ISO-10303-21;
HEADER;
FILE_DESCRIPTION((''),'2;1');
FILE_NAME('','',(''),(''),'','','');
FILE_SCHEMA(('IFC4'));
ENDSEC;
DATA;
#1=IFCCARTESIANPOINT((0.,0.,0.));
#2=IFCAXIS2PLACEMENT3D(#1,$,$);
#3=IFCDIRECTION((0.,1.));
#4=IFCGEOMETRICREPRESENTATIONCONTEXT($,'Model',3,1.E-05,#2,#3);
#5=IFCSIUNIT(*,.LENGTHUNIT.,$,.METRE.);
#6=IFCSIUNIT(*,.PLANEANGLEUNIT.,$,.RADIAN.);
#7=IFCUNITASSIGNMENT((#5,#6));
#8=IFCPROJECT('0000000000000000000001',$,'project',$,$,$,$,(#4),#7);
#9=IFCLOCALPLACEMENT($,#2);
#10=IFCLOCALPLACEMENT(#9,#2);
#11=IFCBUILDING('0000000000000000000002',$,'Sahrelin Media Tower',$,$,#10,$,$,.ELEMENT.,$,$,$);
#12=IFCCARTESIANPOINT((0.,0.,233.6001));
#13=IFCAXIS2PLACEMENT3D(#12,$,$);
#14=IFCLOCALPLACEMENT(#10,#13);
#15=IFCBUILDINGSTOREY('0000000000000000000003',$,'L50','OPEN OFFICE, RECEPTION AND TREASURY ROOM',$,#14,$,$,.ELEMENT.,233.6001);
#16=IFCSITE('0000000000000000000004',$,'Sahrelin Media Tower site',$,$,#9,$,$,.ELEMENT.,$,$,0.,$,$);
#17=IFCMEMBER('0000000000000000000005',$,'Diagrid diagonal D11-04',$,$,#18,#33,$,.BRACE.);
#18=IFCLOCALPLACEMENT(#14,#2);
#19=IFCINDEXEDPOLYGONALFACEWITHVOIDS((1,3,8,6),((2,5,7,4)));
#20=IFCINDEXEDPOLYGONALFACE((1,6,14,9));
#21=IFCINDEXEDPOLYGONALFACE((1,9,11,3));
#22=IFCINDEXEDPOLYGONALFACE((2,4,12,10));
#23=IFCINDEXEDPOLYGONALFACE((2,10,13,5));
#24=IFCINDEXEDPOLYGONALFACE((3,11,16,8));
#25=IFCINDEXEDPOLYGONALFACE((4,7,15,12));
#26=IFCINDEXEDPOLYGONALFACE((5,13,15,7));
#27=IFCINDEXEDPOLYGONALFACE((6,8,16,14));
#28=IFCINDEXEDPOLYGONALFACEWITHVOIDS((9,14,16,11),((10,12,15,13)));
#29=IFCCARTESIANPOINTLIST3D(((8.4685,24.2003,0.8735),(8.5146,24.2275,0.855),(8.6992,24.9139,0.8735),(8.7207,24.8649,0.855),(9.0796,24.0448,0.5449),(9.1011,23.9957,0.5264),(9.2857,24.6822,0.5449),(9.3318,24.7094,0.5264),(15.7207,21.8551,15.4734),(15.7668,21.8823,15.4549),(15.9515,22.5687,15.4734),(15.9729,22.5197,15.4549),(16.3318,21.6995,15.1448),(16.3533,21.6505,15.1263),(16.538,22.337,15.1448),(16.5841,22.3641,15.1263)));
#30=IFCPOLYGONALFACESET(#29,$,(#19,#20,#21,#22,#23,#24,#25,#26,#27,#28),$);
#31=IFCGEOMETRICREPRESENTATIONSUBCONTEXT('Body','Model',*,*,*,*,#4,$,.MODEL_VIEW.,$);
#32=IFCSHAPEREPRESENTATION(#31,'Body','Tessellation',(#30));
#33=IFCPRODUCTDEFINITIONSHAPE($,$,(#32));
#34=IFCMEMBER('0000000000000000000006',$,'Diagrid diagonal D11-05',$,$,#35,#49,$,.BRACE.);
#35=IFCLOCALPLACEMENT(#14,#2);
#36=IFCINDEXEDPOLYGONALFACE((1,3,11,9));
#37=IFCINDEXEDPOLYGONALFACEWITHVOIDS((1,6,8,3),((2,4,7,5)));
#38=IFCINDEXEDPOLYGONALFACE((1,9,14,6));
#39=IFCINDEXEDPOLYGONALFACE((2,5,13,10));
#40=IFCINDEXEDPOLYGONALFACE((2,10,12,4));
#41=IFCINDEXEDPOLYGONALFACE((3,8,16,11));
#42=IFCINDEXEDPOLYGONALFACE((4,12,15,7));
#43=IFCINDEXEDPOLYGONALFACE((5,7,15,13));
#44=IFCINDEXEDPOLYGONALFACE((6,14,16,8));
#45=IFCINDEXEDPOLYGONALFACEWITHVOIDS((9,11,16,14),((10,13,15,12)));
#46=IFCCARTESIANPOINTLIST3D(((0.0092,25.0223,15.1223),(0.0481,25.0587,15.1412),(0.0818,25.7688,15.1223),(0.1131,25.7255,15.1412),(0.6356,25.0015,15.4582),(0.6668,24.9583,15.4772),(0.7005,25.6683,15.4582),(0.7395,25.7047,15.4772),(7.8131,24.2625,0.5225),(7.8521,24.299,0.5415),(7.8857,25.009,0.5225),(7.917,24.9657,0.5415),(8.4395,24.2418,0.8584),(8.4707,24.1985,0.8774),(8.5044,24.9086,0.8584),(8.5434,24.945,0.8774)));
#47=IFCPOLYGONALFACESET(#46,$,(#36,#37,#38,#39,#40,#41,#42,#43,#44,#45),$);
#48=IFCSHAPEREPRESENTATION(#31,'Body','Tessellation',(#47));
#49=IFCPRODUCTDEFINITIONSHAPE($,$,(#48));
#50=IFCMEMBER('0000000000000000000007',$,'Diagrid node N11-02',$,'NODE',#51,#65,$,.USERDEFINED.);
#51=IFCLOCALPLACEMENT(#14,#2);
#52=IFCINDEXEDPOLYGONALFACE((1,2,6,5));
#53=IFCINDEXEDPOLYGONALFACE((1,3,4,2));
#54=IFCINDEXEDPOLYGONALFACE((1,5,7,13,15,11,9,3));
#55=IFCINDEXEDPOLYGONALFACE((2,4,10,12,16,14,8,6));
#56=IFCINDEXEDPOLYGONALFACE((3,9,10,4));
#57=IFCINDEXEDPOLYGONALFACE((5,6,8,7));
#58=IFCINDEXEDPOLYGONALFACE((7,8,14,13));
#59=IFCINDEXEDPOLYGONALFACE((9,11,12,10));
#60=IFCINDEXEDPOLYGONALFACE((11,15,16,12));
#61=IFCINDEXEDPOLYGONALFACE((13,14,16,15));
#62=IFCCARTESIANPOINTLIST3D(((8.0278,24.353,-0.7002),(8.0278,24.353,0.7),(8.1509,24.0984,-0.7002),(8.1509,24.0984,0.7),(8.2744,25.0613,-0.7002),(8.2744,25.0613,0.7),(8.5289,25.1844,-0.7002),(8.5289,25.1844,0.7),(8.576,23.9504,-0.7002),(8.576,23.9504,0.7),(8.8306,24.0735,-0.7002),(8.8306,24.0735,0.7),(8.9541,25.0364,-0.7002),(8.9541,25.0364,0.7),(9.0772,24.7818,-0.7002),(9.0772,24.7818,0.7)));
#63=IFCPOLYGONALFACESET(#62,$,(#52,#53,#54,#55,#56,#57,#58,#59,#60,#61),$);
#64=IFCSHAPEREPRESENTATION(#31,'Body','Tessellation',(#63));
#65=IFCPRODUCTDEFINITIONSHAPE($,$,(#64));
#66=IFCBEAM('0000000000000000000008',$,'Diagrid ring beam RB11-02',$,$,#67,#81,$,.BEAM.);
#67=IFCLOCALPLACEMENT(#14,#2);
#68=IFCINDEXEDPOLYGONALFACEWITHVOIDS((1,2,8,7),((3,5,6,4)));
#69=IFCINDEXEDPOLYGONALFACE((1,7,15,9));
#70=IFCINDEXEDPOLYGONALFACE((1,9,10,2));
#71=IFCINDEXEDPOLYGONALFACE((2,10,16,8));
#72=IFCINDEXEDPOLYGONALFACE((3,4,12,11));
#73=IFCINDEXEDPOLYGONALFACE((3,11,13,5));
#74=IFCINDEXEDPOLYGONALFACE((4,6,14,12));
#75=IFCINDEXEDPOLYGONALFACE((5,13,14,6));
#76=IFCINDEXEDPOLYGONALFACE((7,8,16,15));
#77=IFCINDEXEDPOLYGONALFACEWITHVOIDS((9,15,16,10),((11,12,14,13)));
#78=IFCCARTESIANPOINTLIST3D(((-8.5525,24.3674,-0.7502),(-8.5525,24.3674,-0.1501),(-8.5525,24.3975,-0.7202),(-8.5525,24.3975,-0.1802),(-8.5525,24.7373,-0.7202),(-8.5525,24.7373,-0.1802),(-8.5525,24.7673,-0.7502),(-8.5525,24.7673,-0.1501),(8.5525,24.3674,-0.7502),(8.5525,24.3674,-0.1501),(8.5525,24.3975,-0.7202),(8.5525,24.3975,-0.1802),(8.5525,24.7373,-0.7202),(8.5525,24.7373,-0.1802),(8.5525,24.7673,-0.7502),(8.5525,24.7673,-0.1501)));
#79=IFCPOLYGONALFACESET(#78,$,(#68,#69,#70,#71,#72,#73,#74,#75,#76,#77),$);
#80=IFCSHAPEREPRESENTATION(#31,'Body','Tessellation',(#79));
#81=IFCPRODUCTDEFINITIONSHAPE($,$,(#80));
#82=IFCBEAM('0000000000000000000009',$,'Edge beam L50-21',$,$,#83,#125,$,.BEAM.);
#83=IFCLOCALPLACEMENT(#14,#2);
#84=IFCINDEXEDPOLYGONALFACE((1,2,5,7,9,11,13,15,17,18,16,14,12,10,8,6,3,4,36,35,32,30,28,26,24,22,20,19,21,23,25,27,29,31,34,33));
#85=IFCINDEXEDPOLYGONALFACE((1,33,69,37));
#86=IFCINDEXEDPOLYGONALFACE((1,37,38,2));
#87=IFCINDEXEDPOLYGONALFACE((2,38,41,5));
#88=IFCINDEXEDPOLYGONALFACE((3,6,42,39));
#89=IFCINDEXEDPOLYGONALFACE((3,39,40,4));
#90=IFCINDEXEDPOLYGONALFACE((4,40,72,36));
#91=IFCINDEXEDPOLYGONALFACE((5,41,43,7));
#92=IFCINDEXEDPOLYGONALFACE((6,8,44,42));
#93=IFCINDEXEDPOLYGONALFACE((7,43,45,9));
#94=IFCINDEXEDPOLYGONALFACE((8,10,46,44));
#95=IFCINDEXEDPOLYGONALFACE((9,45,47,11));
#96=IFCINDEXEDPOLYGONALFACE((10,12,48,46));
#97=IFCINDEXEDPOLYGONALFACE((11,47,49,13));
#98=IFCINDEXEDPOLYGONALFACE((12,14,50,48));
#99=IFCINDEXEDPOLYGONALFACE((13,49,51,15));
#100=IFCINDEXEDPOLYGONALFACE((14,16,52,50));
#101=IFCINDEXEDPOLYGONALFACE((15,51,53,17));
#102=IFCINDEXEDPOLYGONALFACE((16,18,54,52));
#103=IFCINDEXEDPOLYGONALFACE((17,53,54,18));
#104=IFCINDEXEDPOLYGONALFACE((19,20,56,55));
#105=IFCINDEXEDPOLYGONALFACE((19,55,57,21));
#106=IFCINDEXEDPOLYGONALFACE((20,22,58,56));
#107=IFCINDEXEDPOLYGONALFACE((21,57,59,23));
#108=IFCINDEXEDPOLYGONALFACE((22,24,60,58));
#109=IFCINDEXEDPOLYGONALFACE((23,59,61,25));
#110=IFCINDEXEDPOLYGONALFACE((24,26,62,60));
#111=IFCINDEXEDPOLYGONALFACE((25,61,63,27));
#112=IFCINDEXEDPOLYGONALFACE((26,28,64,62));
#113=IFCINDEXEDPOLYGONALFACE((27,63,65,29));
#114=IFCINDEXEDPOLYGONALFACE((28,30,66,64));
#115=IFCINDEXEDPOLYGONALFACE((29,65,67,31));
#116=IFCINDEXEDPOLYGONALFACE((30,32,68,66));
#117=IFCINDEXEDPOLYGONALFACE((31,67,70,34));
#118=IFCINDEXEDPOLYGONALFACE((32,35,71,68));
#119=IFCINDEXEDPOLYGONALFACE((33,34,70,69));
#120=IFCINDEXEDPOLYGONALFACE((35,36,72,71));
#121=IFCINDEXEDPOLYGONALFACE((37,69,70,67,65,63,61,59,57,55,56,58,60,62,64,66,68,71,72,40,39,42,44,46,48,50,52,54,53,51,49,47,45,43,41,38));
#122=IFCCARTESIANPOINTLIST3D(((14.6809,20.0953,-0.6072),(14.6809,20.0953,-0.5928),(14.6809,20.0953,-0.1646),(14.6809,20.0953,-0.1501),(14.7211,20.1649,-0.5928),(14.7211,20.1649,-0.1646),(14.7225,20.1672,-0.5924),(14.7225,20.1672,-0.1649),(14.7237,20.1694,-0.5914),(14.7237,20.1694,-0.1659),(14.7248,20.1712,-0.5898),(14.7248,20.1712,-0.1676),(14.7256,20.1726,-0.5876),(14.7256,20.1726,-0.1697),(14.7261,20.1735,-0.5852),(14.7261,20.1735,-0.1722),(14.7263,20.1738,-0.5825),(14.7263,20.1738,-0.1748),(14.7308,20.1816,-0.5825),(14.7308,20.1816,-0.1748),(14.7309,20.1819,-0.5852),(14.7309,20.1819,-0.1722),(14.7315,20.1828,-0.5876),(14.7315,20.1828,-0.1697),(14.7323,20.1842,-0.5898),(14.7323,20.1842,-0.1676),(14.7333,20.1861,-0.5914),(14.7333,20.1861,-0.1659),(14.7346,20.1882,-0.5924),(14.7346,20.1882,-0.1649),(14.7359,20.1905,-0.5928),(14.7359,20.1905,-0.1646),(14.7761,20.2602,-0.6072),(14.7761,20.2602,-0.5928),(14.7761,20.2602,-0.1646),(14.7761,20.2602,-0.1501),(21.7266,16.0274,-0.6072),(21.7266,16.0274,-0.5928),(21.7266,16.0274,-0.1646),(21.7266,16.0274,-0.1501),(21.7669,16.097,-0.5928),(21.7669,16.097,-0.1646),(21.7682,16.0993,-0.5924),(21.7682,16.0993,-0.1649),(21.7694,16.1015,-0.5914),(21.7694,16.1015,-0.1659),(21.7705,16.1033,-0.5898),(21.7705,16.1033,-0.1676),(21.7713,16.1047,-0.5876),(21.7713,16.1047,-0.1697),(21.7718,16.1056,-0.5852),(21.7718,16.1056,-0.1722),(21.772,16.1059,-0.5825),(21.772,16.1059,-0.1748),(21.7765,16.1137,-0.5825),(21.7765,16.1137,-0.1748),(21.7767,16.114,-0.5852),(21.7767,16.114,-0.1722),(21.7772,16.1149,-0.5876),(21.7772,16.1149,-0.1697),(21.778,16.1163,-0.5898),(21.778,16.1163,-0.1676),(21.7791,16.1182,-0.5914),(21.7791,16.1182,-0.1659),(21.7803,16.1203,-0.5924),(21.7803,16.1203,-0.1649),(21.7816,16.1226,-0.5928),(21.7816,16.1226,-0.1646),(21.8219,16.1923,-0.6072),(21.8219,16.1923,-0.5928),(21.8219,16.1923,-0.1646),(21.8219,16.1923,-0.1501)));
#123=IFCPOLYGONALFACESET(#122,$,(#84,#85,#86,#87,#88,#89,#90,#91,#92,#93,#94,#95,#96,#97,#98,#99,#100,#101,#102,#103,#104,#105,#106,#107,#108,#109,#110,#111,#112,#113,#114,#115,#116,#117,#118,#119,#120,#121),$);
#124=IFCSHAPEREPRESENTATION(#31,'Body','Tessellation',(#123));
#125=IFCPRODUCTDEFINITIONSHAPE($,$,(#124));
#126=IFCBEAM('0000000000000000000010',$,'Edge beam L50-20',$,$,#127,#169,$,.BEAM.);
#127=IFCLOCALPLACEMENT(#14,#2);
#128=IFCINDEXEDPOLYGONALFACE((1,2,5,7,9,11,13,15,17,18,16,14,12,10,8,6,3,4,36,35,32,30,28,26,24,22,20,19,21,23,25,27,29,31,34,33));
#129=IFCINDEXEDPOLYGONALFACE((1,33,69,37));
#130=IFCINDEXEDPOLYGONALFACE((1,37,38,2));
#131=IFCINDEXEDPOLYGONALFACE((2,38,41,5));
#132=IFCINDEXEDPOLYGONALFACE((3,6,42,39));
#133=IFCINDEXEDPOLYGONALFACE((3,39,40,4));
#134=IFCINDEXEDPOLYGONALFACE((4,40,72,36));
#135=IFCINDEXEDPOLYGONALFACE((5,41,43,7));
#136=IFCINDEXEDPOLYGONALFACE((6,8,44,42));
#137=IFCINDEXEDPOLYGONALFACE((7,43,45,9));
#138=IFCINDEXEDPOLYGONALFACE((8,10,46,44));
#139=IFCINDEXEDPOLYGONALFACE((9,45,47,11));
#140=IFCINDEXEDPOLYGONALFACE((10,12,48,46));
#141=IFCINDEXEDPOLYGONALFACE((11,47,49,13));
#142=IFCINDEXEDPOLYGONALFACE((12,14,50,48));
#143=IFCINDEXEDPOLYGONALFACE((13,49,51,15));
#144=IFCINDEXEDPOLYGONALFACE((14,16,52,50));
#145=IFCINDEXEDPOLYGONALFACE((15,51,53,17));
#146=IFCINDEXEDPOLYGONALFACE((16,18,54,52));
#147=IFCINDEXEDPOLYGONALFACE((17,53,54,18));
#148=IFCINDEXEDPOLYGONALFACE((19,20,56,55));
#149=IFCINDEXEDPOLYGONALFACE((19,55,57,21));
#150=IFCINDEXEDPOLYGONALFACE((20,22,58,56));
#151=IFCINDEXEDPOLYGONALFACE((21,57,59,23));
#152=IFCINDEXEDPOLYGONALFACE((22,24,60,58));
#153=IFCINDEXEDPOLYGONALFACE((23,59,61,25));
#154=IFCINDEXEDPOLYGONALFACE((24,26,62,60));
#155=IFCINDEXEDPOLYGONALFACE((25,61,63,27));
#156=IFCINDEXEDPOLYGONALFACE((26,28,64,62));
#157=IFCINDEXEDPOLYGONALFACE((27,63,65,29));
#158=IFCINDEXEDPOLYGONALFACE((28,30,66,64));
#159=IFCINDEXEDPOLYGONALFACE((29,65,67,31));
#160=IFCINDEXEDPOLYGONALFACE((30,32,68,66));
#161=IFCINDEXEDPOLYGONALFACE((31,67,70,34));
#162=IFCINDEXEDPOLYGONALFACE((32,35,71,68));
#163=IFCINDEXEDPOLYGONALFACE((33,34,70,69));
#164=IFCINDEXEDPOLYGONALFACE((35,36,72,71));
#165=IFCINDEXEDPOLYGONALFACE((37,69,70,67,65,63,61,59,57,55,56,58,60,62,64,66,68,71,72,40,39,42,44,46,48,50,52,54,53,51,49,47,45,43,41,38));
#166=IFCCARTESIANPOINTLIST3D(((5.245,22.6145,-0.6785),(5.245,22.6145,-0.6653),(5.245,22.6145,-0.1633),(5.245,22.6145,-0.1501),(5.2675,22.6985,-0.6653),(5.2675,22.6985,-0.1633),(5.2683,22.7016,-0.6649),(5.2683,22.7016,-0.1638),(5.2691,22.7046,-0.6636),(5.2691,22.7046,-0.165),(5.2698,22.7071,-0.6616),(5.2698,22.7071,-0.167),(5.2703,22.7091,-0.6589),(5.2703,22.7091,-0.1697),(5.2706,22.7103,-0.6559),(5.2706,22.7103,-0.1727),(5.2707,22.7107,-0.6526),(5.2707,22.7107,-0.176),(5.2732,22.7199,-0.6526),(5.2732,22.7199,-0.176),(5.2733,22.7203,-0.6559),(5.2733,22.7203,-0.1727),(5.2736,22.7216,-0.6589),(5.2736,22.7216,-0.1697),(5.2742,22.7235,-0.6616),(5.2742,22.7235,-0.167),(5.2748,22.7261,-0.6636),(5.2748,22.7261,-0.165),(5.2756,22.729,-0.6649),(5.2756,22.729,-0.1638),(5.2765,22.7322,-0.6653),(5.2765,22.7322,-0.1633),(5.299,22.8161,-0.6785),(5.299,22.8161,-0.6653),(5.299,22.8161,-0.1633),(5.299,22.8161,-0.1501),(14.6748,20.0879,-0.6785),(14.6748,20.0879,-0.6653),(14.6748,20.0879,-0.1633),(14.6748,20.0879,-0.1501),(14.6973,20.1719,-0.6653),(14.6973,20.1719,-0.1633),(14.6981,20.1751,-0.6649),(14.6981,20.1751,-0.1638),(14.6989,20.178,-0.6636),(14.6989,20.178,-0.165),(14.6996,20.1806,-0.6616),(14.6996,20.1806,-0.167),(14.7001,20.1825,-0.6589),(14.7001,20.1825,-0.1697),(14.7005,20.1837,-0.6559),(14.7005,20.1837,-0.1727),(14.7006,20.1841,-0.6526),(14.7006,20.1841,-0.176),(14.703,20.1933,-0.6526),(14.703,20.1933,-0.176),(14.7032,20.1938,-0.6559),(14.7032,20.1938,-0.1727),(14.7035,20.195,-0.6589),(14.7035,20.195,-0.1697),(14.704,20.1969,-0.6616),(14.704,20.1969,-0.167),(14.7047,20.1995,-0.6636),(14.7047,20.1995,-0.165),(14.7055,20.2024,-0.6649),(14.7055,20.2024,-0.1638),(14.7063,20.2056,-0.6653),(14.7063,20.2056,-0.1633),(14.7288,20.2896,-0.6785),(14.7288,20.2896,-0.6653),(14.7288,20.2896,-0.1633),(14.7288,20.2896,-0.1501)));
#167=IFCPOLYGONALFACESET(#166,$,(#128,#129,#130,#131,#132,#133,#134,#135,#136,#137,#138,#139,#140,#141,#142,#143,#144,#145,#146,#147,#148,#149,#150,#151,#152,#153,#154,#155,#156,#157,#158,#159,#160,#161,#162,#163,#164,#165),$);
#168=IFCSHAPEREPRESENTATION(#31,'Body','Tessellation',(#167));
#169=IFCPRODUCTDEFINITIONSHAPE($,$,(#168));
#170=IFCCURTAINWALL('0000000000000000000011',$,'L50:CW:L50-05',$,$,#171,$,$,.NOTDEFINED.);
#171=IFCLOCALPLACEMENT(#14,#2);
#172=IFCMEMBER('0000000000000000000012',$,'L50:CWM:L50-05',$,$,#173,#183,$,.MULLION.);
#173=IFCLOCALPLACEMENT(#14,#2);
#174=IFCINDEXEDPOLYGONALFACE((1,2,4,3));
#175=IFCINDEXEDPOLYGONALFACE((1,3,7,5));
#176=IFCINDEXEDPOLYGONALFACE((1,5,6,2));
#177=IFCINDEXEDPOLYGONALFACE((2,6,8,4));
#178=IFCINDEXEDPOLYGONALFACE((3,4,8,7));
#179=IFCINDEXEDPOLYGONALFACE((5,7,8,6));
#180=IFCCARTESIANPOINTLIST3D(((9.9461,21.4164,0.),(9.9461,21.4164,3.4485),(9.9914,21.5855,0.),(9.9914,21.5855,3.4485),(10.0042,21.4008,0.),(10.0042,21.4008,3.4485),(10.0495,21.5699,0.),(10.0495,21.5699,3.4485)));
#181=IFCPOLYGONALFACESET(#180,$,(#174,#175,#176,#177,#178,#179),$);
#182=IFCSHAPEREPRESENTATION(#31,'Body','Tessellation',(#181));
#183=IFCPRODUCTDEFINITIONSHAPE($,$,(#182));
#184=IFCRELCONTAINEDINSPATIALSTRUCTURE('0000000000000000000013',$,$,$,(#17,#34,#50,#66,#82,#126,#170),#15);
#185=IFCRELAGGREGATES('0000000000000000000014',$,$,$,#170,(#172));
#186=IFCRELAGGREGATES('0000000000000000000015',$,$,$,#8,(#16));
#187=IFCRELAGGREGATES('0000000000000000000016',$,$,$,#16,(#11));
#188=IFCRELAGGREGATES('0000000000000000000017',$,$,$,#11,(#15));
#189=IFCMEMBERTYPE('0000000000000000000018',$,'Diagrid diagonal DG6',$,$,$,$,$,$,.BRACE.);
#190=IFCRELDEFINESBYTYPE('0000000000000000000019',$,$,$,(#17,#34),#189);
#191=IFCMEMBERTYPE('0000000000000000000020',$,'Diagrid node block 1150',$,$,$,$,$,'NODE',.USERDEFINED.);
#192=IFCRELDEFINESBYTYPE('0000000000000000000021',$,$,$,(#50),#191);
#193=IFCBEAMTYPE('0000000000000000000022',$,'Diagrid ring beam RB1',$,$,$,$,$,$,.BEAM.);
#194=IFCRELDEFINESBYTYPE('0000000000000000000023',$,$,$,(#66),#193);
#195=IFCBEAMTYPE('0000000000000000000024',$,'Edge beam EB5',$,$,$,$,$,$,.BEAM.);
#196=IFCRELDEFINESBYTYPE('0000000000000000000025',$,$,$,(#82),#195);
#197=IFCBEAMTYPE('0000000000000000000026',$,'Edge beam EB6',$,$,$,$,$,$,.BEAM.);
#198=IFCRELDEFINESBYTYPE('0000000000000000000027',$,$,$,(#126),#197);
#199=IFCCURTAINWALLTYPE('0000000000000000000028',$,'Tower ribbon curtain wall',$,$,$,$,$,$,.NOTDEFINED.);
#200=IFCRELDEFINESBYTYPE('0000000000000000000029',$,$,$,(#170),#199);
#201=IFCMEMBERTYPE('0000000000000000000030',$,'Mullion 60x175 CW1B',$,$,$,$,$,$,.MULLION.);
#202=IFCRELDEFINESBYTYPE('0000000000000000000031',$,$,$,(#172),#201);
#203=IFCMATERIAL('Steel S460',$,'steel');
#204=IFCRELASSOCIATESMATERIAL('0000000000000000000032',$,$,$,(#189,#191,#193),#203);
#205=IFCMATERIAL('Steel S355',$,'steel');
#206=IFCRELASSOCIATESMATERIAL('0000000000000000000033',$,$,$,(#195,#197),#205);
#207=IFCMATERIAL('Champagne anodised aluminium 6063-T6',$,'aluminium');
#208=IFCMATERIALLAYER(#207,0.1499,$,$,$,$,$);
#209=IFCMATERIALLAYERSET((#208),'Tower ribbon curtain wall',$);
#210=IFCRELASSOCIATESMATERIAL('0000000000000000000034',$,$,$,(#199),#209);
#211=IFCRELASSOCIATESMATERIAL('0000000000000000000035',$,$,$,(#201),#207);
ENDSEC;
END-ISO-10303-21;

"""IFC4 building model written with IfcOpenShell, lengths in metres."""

from ifc_helpers import new_model, si_unit, direction, frame, origin, origin_2d, place, context, subcontext, project, spatial, polyline, rectangle, hollow_rectangle, i_section, outline, extrude, material, layer, layer_set, material_profile, profile_set, type_object, element, aggregate, save


model = new_model("IFC4")

# Units and contexts
model_context = context("Model", 3, precision=1e-05, world=origin(), true_north=direction((0.0, 1.0)))
body_context = subcontext(model_context, "Body", "Model", "MODEL_VIEW")
ifc_project = project(units=[si_unit("LENGTHUNIT", "METRE"), si_unit("PLANEANGLEUNIT", "RADIAN")], contexts=[model_context])

# Site, building, storey
site_placement = place(None, origin())
site = spatial("IfcSite", under=ifc_project, at=site_placement, Name="Sahrelin Media Tower site", CompositionType="ELEMENT", RefElevation=0.0)
building_placement = place(site_placement, origin())
building = spatial("IfcBuilding", under=site, at=building_placement, Name="Sahrelin Media Tower", CompositionType="ELEMENT")
storey_placement = place(building_placement, frame((0.0, 0.0, 233.6001)))
storey = spatial("IfcBuildingStorey", under=building, at=storey_placement, Name="L50", Description="OPEN OFFICE, RECEPTION AND TREASURY ROOM", CompositionType="ELEMENT", Elevation=233.6001)

# Members
ifc_material_1 = material(Name="Steel S460", Category="steel")
ifc_material_profile_1 = material_profile(ifc_material_1, hollow_rectangle(XDim=0.75, YDim=0.75, WallThickness=0.04, at=origin_2d()), Name="Diagrid diagonal DG6")
ifc_profile_set_1 = profile_set([ifc_material_profile_1], Name="Steel S460")
member_type_1 = type_object("IfcMemberType", Name="Diagrid diagonal DG6", PredefinedType="BRACE", material=ifc_profile_set_1)
member_1_placement = place(storey_placement, frame((8.9001, 24.4548, 0.7), z_axis=(0.440336, -0.142396, 0.886469), x_axis=(0.307692, 0.951486, 0.0)))
element("IfcMember", 1, at=member_1_placement, inside=storey, type_object=member_type_1, Name="Diagrid diagonal D11-04", PredefinedType="BRACE", context=body_context, shape_type="SweptSolid", body=[
    extrude(hollow_rectangle(XDim=0.75, YDim=0.75, WallThickness=0.04, at=origin_2d()), origin(), (0.0, 0.0, 1.0), 16.4697),
])
member_2_placement = place(storey_placement, frame((8.1782, 24.6038, 0.7), z_axis=(-0.470909, 0.045846, 0.88099), x_axis=(-0.096898, -0.995294, 0.0)))
element("IfcMember", 2, at=member_2_placement, inside=storey, type_object=member_type_1, Name="Diagrid diagonal D11-05", PredefinedType="BRACE", context=body_context, shape_type="SweptSolid", body=[
    extrude(hollow_rectangle(XDim=0.75, YDim=0.75, WallThickness=0.04, at=origin_2d()), origin(), (0.0, 0.0, 1.0), 16.572),
])
ifc_material_profile_2 = material_profile(ifc_material_1, outline(polyline([(0.375, -0.425), (0.575, -0.2251), (0.575, 0.2251), (0.375, 0.425), (-0.375, 0.425), (-0.575, 0.2251), (-0.575, -0.2251), (-0.375, -0.425), (0.375, -0.425)])), Name="Diagrid node block 1150")
ifc_profile_set_2 = profile_set([ifc_material_profile_2], Name="Steel S460")
member_type_2 = type_object("IfcMemberType", Name="Diagrid node block 1150", ElementType="NODE", PredefinedType="USERDEFINED", material=ifc_profile_set_2)
member_3_placement = place(storey_placement, frame((8.5525, 24.5674, -0.7002), z_axis=(0.0, 0.0, 1.0), x_axis=(0.328769, 0.94441, 0.0)))
element("IfcMember", 3, at=member_3_placement, inside=storey, type_object=member_type_2, Name="Diagrid node N11-02", ObjectType="NODE", PredefinedType="USERDEFINED", context=body_context, shape_type="SweptSolid", body=[
    extrude(outline(polyline([(0.375, -0.425), (0.575, -0.2251), (0.575, 0.2251), (0.375, 0.425), (-0.375, 0.425), (-0.575, 0.2251), (-0.575, -0.2251), (-0.375, -0.425), (0.375, -0.425)])), origin(), (0.0, 0.0, 1.0), 1.4001),
])

# Beams
ifc_material_profile_3 = material_profile(ifc_material_1, hollow_rectangle(XDim=0.3999, YDim=0.6001, WallThickness=0.03, at=origin_2d()), Name="Diagrid ring beam RB1")
ifc_profile_set_3 = profile_set([ifc_material_profile_3], Name="Steel S460")
beam_type_1 = type_object("IfcBeamType", Name="Diagrid ring beam RB1", PredefinedType="BEAM", material=ifc_profile_set_3)
beam_1_placement = place(storey_placement, frame((8.5525, 24.5674, -0.4502), z_axis=(-1.0, 0.0, 0.0), x_axis=(0.0, -1.0, 0.0)))
element("IfcBeam", 4, at=beam_1_placement, inside=storey, type_object=beam_type_1, Name="Diagrid ring beam RB11-02", PredefinedType="BEAM", context=body_context, shape_type="SweptSolid", body=[
    extrude(hollow_rectangle(XDim=0.3999, YDim=0.6001, WallThickness=0.03, at=origin_2d()), origin(), (0.0, 0.0, 1.0), 17.105),
])
ifc_material_2 = material(Name="Steel S355", Category="steel")
ifc_material_profile_4 = material_profile(ifc_material_2, i_section(OverallWidth=0.1904, OverallDepth=0.457, WebThickness=0.009, FlangeThickness=0.0144, FilletRadius=0.0103, at=origin_2d()), Name="UB 457x191x74")
ifc_profile_set_4 = profile_set([ifc_material_profile_4], Name="Steel S355")
beam_type_2 = type_object("IfcBeamType", Name="Edge beam EB5", PredefinedType="BEAM", material=ifc_profile_set_4)
beam_2_placement = place(storey_placement, frame((14.7285, 20.1777, -0.3787), z_axis=(0.866022, -0.500006, 0.0), x_axis=(0.500006, 0.866022, 0.0)))
element("IfcBeam", 5, at=beam_2_placement, inside=storey, type_object=beam_type_2, Name="Edge beam L50-21", PredefinedType="BEAM", context=body_context, shape_type="SweptSolid", body=[
    extrude(i_section(OverallWidth=0.1904, OverallDepth=0.457, WebThickness=0.009, FlangeThickness=0.0144, FilletRadius=0.0103, at=origin_2d()), origin(), (0.0, 0.0, 1.0), 8.1357),
])
ifc_material_profile_5 = material_profile(ifc_material_2, i_section(OverallWidth=0.2087, OverallDepth=0.5283, WebThickness=0.0095, FlangeThickness=0.0132, FilletRadius=0.0127, at=origin_2d()), Name="UB 533x210x82")
ifc_profile_set_5 = profile_set([ifc_material_profile_5], Name="Steel S355")
beam_type_3 = type_object("IfcBeamType", Name="Edge beam EB6", PredefinedType="BEAM", material=ifc_profile_set_5)
beam_3_placement = place(storey_placement, frame((5.272, 22.7153, -0.4143), z_axis=(0.965929, -0.258807, 0.0), x_axis=(0.258807, 0.965929, 0.0)))
element("IfcBeam", 6, at=beam_3_placement, inside=storey, type_object=beam_type_3, Name="Edge beam L50-20", PredefinedType="BEAM", context=body_context, shape_type="SweptSolid", body=[
    extrude(i_section(OverallWidth=0.2087, OverallDepth=0.5283, WebThickness=0.0095, FlangeThickness=0.0132, FilletRadius=0.0127, at=origin_2d()), origin(), (0.0, 0.0, 1.0), 9.7625),
])

# Curtain wall, member
ifc_material_3 = material(Name="Champagne anodised aluminium 6063-T6", Category="aluminium")
ifc_layer_1 = layer(ifc_material_3, 0.1499)
ifc_layer_set_1 = layer_set([ifc_layer_1], Name="Tower ribbon curtain wall")
curtain_wall_type = type_object("IfcCurtainWallType", Name="Tower ribbon curtain wall", PredefinedType="NOTDEFINED", material=ifc_layer_set_1)
curtain_wall_1_placement = place(storey_placement, frame((10.0256, 21.5969, 0.0), z_axis=(0.0, 0.0, 1.0), x_axis=(1.0, 0.0, 0.0)))
curtain_wall_1 = element("IfcCurtainWall", 7, at=curtain_wall_1_placement, inside=storey, type_object=curtain_wall_type, Name="L50:CW:L50-05", PredefinedType="NOTDEFINED")
ifc_material_profile_6 = material_profile(ifc_material_3, rectangle(XDim=0.0601, YDim=0.175, at=origin_2d()), Name="Mullion 60x175")
ifc_profile_set_6 = profile_set([ifc_material_profile_6], Name="Champagne anodised aluminium 6063-T6")
member_type_3 = type_object("IfcMemberType", Name="Mullion 60x175 CW1B", PredefinedType="MULLION", material=ifc_profile_set_6)
member_4_placement = place(storey_placement, frame((9.9978, 21.4932, 0.0), z_axis=(0.0, 0.0, 1.0), x_axis=(-0.965926, 0.258819, 0.0)))
member_4 = element("IfcMember", 8, at=member_4_placement, type_object=member_type_3, Name="L50:CWM:L50-05", PredefinedType="MULLION", context=body_context, shape_type="SweptSolid", body=[
    extrude(rectangle(XDim=0.0601, YDim=0.175, at=origin_2d()), origin(), (0.0, 0.0, 1.0), 3.4485),
])

aggregate(curtain_wall_1, [member_4])

save(model, "model.ifc")
